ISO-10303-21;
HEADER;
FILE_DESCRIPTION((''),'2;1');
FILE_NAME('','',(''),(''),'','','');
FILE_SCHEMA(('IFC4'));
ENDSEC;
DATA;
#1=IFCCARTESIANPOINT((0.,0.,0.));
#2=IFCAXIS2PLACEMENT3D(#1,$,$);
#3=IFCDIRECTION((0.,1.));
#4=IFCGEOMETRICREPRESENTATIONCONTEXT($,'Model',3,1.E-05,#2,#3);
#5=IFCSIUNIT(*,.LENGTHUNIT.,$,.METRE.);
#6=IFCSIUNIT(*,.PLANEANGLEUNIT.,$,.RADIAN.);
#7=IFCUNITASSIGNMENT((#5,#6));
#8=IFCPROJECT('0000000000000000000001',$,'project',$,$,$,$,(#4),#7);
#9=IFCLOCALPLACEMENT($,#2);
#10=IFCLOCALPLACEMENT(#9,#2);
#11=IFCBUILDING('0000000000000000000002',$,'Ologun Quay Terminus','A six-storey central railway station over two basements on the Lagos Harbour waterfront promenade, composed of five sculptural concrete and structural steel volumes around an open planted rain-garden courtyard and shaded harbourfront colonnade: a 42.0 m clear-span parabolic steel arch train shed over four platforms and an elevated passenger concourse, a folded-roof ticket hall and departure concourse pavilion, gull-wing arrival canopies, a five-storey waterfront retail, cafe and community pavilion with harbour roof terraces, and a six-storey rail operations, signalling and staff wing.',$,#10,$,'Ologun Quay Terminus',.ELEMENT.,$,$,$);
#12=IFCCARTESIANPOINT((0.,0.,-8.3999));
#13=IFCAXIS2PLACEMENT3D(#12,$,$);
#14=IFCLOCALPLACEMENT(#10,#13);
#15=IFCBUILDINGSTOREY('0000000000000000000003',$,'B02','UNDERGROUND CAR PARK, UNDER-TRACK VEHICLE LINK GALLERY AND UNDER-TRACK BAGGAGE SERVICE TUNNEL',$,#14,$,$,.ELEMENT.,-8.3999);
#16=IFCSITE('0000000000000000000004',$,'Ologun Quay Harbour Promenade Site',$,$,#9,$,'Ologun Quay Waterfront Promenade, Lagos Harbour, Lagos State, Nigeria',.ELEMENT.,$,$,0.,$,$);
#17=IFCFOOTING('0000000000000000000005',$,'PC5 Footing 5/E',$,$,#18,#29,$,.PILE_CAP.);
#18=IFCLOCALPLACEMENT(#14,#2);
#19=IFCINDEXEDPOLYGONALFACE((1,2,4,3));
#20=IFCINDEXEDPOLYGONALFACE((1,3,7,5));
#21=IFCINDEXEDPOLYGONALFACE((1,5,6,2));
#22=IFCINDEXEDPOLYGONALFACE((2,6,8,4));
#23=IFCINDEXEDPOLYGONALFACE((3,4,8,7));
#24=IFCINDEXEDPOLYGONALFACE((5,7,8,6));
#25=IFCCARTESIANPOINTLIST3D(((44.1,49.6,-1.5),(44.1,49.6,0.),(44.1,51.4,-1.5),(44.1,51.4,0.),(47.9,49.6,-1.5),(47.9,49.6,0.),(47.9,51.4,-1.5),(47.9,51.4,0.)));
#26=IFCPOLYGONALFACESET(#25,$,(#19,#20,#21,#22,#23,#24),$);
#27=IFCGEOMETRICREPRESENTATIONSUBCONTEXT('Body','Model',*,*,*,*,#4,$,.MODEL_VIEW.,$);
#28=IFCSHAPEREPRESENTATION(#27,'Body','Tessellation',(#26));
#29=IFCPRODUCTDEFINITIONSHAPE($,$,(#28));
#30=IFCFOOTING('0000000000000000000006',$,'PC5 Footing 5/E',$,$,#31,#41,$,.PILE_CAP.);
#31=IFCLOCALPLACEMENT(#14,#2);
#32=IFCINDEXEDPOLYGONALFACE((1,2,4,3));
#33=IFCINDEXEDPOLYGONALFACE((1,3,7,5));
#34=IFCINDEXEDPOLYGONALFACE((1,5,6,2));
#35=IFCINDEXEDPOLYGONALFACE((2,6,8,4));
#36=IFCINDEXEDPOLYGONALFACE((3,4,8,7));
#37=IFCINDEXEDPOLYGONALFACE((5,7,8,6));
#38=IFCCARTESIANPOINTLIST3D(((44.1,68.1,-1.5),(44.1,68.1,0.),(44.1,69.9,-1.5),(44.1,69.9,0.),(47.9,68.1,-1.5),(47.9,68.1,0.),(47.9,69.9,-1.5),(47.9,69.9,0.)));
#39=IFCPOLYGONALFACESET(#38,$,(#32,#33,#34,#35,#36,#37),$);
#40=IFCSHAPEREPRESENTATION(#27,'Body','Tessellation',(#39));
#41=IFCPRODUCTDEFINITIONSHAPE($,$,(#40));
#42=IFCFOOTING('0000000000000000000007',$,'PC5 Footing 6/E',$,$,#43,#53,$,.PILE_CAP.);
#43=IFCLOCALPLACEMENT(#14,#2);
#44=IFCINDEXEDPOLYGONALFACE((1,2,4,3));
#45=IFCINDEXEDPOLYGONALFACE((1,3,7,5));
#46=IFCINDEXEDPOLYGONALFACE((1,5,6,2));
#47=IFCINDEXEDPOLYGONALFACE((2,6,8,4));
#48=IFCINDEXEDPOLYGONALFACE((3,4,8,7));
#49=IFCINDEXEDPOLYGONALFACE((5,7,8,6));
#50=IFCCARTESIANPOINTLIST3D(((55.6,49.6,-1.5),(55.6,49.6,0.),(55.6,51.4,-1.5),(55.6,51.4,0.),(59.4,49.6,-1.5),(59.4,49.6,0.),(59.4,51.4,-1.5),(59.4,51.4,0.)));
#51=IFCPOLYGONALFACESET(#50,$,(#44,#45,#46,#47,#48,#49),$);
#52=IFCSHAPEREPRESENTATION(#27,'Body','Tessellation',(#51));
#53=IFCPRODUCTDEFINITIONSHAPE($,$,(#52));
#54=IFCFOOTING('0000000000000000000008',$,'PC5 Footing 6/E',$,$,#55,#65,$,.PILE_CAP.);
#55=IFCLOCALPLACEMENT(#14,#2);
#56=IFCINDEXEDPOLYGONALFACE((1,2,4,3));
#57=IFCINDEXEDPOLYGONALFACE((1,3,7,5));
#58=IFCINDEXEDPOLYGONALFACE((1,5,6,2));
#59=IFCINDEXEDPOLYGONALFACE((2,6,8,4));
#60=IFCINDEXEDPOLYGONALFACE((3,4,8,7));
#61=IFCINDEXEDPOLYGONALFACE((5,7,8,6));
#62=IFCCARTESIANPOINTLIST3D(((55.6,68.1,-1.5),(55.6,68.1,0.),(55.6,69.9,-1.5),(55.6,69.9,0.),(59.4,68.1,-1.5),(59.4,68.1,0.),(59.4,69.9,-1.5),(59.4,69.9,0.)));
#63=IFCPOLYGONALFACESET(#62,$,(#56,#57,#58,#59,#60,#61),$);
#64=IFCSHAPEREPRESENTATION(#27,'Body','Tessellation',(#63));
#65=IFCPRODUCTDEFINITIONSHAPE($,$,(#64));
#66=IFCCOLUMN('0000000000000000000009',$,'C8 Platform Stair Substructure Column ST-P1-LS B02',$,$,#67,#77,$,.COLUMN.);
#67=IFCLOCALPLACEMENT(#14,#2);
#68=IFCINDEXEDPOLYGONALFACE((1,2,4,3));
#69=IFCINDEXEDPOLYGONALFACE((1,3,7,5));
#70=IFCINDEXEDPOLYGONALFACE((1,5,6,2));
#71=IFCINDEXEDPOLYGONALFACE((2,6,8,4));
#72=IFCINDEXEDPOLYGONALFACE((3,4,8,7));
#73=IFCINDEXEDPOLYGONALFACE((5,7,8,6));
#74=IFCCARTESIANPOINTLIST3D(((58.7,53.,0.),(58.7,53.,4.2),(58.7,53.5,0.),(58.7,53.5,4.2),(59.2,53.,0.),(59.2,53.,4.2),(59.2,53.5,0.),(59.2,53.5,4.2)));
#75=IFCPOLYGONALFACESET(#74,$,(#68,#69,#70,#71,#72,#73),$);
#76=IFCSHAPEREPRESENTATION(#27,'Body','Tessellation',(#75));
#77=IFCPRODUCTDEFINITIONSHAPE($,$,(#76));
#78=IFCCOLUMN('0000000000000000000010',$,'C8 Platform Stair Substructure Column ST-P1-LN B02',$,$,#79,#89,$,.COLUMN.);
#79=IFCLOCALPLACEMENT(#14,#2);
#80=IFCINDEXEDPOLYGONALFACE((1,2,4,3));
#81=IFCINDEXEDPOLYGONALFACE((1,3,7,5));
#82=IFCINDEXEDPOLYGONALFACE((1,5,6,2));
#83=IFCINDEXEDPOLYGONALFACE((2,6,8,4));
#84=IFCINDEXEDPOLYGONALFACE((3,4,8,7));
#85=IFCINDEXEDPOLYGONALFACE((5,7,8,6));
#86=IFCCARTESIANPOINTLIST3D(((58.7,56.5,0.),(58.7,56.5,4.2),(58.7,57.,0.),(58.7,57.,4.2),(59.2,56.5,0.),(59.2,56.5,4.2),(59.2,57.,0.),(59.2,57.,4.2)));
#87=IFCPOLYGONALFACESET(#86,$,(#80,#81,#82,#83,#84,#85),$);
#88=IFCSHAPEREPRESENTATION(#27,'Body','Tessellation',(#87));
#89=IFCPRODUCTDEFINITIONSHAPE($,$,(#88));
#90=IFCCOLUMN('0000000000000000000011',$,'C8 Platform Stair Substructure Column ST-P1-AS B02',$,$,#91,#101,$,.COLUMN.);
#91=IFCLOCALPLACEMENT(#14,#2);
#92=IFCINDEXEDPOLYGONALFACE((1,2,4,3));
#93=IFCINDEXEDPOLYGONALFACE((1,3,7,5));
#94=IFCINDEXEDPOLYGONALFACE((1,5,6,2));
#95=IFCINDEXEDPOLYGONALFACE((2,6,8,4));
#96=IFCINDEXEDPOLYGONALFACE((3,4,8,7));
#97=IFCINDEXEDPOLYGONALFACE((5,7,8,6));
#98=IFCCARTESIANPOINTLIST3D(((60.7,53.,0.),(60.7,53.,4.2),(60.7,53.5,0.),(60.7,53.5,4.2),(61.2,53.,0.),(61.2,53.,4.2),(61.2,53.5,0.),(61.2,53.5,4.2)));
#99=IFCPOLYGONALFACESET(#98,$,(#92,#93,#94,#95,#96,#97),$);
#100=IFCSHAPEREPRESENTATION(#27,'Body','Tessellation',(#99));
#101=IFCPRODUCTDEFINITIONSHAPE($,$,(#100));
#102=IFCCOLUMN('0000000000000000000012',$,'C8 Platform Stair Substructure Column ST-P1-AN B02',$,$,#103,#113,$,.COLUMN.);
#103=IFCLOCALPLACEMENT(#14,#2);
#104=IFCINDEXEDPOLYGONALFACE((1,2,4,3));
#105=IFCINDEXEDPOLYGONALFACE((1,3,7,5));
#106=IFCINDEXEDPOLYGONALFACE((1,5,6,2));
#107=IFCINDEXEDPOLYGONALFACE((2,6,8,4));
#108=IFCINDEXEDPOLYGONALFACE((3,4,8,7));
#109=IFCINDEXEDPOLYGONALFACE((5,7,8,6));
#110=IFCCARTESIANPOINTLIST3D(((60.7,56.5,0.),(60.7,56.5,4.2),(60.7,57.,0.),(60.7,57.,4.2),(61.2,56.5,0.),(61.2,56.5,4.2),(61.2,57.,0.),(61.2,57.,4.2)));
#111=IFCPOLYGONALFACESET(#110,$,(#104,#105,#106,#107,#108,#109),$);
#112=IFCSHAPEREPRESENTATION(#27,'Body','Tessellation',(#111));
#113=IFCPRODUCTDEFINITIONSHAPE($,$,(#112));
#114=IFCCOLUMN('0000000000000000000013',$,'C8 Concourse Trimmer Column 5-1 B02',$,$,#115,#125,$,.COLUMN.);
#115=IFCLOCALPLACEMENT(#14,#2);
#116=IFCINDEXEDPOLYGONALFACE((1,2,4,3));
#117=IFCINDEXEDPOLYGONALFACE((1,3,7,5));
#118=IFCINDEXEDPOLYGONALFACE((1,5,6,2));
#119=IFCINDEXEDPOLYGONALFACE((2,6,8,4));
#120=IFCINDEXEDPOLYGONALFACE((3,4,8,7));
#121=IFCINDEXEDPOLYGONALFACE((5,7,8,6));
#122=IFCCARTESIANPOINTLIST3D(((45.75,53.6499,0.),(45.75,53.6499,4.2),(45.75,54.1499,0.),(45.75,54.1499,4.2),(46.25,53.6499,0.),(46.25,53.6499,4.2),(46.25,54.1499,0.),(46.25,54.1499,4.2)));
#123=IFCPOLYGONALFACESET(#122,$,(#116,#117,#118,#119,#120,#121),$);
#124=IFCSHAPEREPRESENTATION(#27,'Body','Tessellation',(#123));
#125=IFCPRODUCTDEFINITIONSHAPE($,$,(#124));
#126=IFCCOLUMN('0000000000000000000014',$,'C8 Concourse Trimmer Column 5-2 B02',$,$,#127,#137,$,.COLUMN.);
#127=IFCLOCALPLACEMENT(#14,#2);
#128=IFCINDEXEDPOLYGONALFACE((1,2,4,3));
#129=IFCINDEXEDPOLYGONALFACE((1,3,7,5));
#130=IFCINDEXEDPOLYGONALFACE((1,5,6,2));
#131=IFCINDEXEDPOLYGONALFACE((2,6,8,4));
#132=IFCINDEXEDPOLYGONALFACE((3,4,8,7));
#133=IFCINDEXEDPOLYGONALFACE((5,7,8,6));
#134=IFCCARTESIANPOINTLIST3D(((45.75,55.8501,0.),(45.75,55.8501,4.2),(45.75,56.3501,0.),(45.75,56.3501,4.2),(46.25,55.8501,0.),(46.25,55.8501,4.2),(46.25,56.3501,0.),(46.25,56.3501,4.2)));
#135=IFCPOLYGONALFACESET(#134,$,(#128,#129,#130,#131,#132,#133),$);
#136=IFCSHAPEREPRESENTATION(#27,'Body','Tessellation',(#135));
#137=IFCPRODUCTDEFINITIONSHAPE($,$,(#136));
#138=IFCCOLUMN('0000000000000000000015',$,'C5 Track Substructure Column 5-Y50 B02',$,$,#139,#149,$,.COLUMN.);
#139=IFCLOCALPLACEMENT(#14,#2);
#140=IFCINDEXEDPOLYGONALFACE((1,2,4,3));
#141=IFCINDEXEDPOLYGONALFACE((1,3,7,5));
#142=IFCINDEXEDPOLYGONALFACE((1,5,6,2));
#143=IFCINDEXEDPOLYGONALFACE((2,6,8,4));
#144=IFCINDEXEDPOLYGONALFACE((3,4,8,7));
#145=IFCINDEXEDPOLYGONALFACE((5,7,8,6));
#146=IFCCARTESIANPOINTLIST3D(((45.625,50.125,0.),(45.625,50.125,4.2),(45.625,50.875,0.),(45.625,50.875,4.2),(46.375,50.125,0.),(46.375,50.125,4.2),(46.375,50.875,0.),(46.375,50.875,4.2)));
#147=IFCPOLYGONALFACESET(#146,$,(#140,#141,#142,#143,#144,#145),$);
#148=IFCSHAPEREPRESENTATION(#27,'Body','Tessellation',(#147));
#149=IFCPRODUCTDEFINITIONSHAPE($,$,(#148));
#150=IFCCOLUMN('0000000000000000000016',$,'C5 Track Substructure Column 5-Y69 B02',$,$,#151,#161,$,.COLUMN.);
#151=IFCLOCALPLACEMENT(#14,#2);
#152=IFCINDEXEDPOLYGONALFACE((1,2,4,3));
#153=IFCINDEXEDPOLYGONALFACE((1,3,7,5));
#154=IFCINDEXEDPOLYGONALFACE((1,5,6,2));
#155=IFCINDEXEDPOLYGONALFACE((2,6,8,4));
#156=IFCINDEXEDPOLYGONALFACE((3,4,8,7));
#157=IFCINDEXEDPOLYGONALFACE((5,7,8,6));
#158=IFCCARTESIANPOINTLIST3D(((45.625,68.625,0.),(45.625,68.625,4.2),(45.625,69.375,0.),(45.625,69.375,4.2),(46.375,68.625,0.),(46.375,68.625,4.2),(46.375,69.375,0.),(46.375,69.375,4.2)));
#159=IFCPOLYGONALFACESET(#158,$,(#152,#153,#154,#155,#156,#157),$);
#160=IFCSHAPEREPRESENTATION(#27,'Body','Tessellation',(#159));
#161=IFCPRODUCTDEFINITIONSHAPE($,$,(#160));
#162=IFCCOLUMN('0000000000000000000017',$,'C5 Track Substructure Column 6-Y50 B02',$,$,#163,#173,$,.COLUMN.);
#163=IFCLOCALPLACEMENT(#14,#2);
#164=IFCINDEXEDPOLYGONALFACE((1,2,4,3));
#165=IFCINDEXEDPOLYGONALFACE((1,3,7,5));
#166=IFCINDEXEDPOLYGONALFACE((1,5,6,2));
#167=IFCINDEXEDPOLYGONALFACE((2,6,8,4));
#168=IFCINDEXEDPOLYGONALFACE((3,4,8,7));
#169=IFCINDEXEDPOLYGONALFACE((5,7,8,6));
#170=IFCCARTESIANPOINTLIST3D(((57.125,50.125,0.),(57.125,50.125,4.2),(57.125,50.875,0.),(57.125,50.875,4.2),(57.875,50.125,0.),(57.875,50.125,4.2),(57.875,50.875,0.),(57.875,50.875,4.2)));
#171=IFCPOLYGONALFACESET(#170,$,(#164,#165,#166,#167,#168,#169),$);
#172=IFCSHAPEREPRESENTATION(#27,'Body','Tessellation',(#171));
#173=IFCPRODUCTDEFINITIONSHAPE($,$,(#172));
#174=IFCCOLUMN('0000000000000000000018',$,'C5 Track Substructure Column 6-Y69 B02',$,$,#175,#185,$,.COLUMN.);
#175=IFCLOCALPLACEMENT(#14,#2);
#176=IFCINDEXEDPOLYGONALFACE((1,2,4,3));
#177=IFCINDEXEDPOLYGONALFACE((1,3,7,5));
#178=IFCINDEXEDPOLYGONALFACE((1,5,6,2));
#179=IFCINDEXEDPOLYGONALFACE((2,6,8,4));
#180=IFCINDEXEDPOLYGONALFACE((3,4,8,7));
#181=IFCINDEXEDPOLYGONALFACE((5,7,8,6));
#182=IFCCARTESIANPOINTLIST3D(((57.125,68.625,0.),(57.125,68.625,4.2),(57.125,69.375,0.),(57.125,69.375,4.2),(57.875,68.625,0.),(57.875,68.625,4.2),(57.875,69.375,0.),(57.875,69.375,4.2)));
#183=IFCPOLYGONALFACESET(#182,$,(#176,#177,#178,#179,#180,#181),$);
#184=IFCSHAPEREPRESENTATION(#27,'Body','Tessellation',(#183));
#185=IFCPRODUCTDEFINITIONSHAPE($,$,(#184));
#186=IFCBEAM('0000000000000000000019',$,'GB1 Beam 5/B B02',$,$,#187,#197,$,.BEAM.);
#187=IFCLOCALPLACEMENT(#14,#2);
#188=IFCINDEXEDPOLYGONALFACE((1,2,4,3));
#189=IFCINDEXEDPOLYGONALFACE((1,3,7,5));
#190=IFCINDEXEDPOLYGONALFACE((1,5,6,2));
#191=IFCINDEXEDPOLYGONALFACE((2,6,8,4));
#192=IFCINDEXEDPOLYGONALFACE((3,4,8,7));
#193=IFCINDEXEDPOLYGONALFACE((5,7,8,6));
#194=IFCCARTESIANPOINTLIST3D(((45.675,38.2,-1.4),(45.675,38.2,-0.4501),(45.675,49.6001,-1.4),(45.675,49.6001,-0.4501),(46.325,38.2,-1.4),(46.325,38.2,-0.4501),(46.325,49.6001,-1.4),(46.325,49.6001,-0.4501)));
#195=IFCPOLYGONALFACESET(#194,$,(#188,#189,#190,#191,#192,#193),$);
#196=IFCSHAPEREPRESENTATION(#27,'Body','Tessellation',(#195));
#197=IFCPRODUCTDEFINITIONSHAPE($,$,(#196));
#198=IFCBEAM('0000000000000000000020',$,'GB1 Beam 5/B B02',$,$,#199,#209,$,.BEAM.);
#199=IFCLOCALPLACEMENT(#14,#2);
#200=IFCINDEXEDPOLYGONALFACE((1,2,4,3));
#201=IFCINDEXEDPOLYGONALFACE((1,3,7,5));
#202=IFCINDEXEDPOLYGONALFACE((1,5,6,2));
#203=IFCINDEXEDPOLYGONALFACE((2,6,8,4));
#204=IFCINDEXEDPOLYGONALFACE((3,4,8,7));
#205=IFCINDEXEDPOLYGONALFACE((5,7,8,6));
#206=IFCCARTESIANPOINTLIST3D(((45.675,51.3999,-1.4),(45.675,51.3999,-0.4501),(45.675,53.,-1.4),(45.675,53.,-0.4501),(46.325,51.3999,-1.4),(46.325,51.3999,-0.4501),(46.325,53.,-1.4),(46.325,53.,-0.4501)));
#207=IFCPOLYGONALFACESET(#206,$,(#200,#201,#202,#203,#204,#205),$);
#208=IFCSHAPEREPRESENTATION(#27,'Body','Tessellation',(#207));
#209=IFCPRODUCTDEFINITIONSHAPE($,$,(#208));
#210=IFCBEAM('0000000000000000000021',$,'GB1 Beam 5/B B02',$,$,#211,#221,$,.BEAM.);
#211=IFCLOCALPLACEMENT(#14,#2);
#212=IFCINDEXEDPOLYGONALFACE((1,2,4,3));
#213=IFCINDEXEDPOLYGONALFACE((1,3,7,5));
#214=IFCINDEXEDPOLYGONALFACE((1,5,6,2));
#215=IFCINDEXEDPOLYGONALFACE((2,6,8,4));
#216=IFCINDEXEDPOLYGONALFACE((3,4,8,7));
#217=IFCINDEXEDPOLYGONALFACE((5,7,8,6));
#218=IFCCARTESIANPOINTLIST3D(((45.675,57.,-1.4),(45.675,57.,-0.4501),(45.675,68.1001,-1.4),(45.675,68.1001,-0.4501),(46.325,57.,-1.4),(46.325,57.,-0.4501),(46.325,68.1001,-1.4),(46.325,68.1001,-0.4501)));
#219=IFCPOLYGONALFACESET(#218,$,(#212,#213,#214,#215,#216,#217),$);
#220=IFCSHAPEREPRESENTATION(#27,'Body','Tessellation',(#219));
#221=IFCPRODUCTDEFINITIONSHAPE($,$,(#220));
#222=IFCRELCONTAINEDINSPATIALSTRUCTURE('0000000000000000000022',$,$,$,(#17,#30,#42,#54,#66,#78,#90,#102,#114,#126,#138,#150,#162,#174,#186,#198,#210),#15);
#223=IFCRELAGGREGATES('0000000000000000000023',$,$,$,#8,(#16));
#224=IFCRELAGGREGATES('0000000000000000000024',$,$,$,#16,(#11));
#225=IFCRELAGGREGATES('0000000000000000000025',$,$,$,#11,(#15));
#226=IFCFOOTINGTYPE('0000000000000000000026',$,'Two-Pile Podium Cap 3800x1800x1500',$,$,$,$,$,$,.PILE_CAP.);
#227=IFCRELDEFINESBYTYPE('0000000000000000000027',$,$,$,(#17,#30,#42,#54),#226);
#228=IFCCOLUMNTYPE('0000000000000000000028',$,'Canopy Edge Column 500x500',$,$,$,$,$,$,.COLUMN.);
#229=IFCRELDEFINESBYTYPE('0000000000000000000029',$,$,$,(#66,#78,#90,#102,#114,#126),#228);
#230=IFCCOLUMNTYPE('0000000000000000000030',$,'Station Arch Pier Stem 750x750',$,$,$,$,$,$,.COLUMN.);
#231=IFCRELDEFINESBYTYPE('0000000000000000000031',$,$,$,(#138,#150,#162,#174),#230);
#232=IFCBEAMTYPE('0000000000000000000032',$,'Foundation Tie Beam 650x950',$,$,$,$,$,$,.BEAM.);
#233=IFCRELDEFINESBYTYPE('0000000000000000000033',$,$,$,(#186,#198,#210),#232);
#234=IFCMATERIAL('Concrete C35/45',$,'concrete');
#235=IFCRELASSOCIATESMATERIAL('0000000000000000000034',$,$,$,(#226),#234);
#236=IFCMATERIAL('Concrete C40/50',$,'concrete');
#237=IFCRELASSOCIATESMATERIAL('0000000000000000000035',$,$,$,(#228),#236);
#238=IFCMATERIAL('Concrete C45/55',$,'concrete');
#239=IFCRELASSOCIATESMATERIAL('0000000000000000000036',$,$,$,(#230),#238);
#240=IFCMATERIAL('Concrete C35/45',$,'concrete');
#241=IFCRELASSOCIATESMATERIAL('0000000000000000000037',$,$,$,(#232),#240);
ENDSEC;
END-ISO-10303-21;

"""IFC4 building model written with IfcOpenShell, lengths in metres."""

from ifc_helpers import new_model, si_unit, direction, frame, origin, origin_2d, place, context, subcontext, project, spatial, rectangle, extrude, material, material_profile, profile_set, type_object, element, save


model = new_model("IFC4")

# Units and contexts
model_context = context("Model", 3, precision=1e-05, world=origin(), true_north=direction((0.0, 1.0)))
body_context = subcontext(model_context, "Body", "Model", "MODEL_VIEW")
ifc_project = project(units=[si_unit("LENGTHUNIT", "METRE"), si_unit("PLANEANGLEUNIT", "RADIAN")], contexts=[model_context])

# Site, building, storey
site_placement = place(None, origin())
site = spatial("IfcSite", under=ifc_project, at=site_placement, Name="Ologun Quay Harbour Promenade Site", LongName="Ologun Quay Waterfront Promenade, Lagos Harbour, Lagos State, Nigeria", CompositionType="ELEMENT", RefElevation=0.0)
building_placement = place(site_placement, origin())
building = spatial("IfcBuilding", under=site, at=building_placement, Name="Ologun Quay Terminus", Description="A six-storey central railway station over two basements on the Lagos Harbour waterfront promenade, composed of five sculptural concrete and structural steel volumes around an open planted rain-garden courtyard and shaded harbourfront colonnade: a 42.0 m clear-span parabolic steel arch train shed over four platforms and an elevated passenger concourse, a folded-roof ticket hall and departure concourse pavilion, gull-wing arrival canopies, a five-storey waterfront retail, cafe and community pavilion with harbour roof terraces, and a six-storey rail operations, signalling and staff wing.", LongName="Ologun Quay Terminus", CompositionType="ELEMENT")
storey_placement = place(building_placement, frame((0.0, 0.0, -8.3999)))
storey = spatial("IfcBuildingStorey", under=building, at=storey_placement, Name="B02", Description="UNDERGROUND CAR PARK, UNDER-TRACK VEHICLE LINK GALLERY AND UNDER-TRACK BAGGAGE SERVICE TUNNEL", CompositionType="ELEMENT", Elevation=-8.3999)

# Footings
ifc_material_1 = material(Name="Concrete C35/45", Category="concrete")
footing_type_1 = type_object("IfcFootingType", Name="Two-Pile Podium Cap 3800x1800x1500", PredefinedType="PILE_CAP", material=ifc_material_1)
for number, where, z_axis, x_axis, name in (
    (1, (46.0, 50.5, -1.5), (0.0, 0.0, 1.0), (1.0, 0.0, 0.0), "PC5 Footing 5/E"),
    (2, (46.0, 69.0, -1.5), (0.0, 0.0, 1.0), (1.0, 0.0, 0.0), "PC5 Footing 5/E"),
    (3, (57.5, 50.5, -1.5), (0.0, 0.0, 1.0), (1.0, 0.0, 0.0), "PC5 Footing 6/E"),
    (4, (57.5, 69.0, -1.5), (0.0, 0.0, 1.0), (1.0, 0.0, 0.0), "PC5 Footing 6/E"),
):
    element("IfcFooting", number, at=place(storey_placement, frame(where, z_axis=z_axis, x_axis=x_axis)), inside=storey, type_object=footing_type_1, Name=name, PredefinedType="PILE_CAP", context=body_context, shape_type="SweptSolid", body=[
        extrude(rectangle(XDim=3.8, YDim=1.8, at=origin_2d()), origin(), (0.0, 0.0, 1.0), 1.5),
    ])

# Columns
ifc_material_2 = material(Name="Concrete C40/50", Category="concrete")
ifc_material_profile_1 = material_profile(ifc_material_2, rectangle(XDim=0.5, YDim=0.5, at=origin_2d()), Name="RC 500x500")
ifc_profile_set_1 = profile_set([ifc_material_profile_1], Name="Concrete C40/50")
column_type_1 = type_object("IfcColumnType", Name="Canopy Edge Column 500x500", PredefinedType="COLUMN", material=ifc_profile_set_1)
for number, where, z_axis, x_axis, name in (
    (5, (58.95, 53.25, 0.0), (0.0, 0.0, 1.0), (1.0, 0.0, 0.0), "C8 Platform Stair Substructure Column ST-P1-LS B02"),
    (6, (58.95, 56.75, 0.0), (0.0, 0.0, 1.0), (1.0, 0.0, 0.0), "C8 Platform Stair Substructure Column ST-P1-LN B02"),
    (7, (60.95, 53.25, 0.0), (0.0, 0.0, 1.0), (1.0, 0.0, 0.0), "C8 Platform Stair Substructure Column ST-P1-AS B02"),
    (8, (60.95, 56.75, 0.0), (0.0, 0.0, 1.0), (1.0, 0.0, 0.0), "C8 Platform Stair Substructure Column ST-P1-AN B02"),
    (9, (46.0, 53.8999, 0.0), (0.0, 0.0, 1.0), (1.0, 0.0, 0.0), "C8 Concourse Trimmer Column 5-1 B02"),
    (10, (46.0, 56.1001, 0.0), (0.0, 0.0, 1.0), (1.0, 0.0, 0.0), "C8 Concourse Trimmer Column 5-2 B02"),
):
    element("IfcColumn", number, at=place(storey_placement, frame(where, z_axis=z_axis, x_axis=x_axis)), inside=storey, type_object=column_type_1, Name=name, PredefinedType="COLUMN", context=body_context, shape_type="SweptSolid", body=[
        extrude(rectangle(XDim=0.5, YDim=0.5, at=origin_2d()), origin(), (0.0, 0.0, 1.0), 4.2),
    ])
ifc_material_3 = material(Name="Concrete C45/55", Category="concrete")
ifc_material_profile_2 = material_profile(ifc_material_3, rectangle(XDim=0.75, YDim=0.75, at=origin_2d()), Name="RC 750x750")
ifc_profile_set_2 = profile_set([ifc_material_profile_2], Name="Concrete C45/55")
column_type_2 = type_object("IfcColumnType", Name="Station Arch Pier Stem 750x750", PredefinedType="COLUMN", material=ifc_profile_set_2)
for number, where, z_axis, x_axis, name in (
    (11, (46.0, 50.5, 0.0), (0.0, 0.0, 1.0), (1.0, 0.0, 0.0), "C5 Track Substructure Column 5-Y50 B02"),
    (12, (46.0, 69.0, 0.0), (0.0, 0.0, 1.0), (1.0, 0.0, 0.0), "C5 Track Substructure Column 5-Y69 B02"),
    (13, (57.5, 50.5, 0.0), (0.0, 0.0, 1.0), (1.0, 0.0, 0.0), "C5 Track Substructure Column 6-Y50 B02"),
    (14, (57.5, 69.0, 0.0), (0.0, 0.0, 1.0), (1.0, 0.0, 0.0), "C5 Track Substructure Column 6-Y69 B02"),
):
    element("IfcColumn", number, at=place(storey_placement, frame(where, z_axis=z_axis, x_axis=x_axis)), inside=storey, type_object=column_type_2, Name=name, PredefinedType="COLUMN", context=body_context, shape_type="SweptSolid", body=[
        extrude(rectangle(XDim=0.75, YDim=0.75, at=origin_2d()), origin(), (0.0, 0.0, 1.0), 4.2),
    ])

# Beams
ifc_material_4 = material(Name="Concrete C35/45", Category="concrete")
ifc_material_profile_3 = material_profile(ifc_material_4, rectangle(XDim=0.6499, YDim=0.95, at=origin_2d()), Name="RC 650x950")
ifc_profile_set_3 = profile_set([ifc_material_profile_3], Name="Concrete C35/45")
beam_type = type_object("IfcBeamType", Name="Foundation Tie Beam 650x950", PredefinedType="BEAM", material=ifc_profile_set_3)
beam_1_placement = place(storey_placement, frame((46.0, 38.2, -0.925), z_axis=(0.0, 1.0, 0.0), x_axis=(-1.0, 0.0, 0.0)))
element("IfcBeam", 15, at=beam_1_placement, inside=storey, type_object=beam_type, Name="GB1 Beam 5/B B02", PredefinedType="BEAM", context=body_context, shape_type="SweptSolid", body=[
    extrude(rectangle(XDim=0.6499, YDim=0.95, at=origin_2d()), origin(), (0.0, 0.0, 1.0), 11.4001),
])
beam_2_placement = place(storey_placement, frame((46.0, 51.3999, -0.925), z_axis=(0.0, 1.0, 0.0), x_axis=(-1.0, 0.0, 0.0)))
element("IfcBeam", 16, at=beam_2_placement, inside=storey, type_object=beam_type, Name="GB1 Beam 5/B B02", PredefinedType="BEAM", context=body_context, shape_type="SweptSolid", body=[
    extrude(rectangle(XDim=0.6499, YDim=0.95, at=origin_2d()), origin(), (0.0, 0.0, 1.0), 1.6001),
])
beam_3_placement = place(storey_placement, frame((46.0, 57.0, -0.925), z_axis=(0.0, 1.0, 0.0), x_axis=(-1.0, 0.0, 0.0)))
element("IfcBeam", 17, at=beam_3_placement, inside=storey, type_object=beam_type, Name="GB1 Beam 5/B B02", PredefinedType="BEAM", context=body_context, shape_type="SweptSolid", body=[
    extrude(rectangle(XDim=0.6499, YDim=0.95, at=origin_2d()), origin(), (0.0, 0.0, 1.0), 11.1001),
])

save(model, "model.ifc")
